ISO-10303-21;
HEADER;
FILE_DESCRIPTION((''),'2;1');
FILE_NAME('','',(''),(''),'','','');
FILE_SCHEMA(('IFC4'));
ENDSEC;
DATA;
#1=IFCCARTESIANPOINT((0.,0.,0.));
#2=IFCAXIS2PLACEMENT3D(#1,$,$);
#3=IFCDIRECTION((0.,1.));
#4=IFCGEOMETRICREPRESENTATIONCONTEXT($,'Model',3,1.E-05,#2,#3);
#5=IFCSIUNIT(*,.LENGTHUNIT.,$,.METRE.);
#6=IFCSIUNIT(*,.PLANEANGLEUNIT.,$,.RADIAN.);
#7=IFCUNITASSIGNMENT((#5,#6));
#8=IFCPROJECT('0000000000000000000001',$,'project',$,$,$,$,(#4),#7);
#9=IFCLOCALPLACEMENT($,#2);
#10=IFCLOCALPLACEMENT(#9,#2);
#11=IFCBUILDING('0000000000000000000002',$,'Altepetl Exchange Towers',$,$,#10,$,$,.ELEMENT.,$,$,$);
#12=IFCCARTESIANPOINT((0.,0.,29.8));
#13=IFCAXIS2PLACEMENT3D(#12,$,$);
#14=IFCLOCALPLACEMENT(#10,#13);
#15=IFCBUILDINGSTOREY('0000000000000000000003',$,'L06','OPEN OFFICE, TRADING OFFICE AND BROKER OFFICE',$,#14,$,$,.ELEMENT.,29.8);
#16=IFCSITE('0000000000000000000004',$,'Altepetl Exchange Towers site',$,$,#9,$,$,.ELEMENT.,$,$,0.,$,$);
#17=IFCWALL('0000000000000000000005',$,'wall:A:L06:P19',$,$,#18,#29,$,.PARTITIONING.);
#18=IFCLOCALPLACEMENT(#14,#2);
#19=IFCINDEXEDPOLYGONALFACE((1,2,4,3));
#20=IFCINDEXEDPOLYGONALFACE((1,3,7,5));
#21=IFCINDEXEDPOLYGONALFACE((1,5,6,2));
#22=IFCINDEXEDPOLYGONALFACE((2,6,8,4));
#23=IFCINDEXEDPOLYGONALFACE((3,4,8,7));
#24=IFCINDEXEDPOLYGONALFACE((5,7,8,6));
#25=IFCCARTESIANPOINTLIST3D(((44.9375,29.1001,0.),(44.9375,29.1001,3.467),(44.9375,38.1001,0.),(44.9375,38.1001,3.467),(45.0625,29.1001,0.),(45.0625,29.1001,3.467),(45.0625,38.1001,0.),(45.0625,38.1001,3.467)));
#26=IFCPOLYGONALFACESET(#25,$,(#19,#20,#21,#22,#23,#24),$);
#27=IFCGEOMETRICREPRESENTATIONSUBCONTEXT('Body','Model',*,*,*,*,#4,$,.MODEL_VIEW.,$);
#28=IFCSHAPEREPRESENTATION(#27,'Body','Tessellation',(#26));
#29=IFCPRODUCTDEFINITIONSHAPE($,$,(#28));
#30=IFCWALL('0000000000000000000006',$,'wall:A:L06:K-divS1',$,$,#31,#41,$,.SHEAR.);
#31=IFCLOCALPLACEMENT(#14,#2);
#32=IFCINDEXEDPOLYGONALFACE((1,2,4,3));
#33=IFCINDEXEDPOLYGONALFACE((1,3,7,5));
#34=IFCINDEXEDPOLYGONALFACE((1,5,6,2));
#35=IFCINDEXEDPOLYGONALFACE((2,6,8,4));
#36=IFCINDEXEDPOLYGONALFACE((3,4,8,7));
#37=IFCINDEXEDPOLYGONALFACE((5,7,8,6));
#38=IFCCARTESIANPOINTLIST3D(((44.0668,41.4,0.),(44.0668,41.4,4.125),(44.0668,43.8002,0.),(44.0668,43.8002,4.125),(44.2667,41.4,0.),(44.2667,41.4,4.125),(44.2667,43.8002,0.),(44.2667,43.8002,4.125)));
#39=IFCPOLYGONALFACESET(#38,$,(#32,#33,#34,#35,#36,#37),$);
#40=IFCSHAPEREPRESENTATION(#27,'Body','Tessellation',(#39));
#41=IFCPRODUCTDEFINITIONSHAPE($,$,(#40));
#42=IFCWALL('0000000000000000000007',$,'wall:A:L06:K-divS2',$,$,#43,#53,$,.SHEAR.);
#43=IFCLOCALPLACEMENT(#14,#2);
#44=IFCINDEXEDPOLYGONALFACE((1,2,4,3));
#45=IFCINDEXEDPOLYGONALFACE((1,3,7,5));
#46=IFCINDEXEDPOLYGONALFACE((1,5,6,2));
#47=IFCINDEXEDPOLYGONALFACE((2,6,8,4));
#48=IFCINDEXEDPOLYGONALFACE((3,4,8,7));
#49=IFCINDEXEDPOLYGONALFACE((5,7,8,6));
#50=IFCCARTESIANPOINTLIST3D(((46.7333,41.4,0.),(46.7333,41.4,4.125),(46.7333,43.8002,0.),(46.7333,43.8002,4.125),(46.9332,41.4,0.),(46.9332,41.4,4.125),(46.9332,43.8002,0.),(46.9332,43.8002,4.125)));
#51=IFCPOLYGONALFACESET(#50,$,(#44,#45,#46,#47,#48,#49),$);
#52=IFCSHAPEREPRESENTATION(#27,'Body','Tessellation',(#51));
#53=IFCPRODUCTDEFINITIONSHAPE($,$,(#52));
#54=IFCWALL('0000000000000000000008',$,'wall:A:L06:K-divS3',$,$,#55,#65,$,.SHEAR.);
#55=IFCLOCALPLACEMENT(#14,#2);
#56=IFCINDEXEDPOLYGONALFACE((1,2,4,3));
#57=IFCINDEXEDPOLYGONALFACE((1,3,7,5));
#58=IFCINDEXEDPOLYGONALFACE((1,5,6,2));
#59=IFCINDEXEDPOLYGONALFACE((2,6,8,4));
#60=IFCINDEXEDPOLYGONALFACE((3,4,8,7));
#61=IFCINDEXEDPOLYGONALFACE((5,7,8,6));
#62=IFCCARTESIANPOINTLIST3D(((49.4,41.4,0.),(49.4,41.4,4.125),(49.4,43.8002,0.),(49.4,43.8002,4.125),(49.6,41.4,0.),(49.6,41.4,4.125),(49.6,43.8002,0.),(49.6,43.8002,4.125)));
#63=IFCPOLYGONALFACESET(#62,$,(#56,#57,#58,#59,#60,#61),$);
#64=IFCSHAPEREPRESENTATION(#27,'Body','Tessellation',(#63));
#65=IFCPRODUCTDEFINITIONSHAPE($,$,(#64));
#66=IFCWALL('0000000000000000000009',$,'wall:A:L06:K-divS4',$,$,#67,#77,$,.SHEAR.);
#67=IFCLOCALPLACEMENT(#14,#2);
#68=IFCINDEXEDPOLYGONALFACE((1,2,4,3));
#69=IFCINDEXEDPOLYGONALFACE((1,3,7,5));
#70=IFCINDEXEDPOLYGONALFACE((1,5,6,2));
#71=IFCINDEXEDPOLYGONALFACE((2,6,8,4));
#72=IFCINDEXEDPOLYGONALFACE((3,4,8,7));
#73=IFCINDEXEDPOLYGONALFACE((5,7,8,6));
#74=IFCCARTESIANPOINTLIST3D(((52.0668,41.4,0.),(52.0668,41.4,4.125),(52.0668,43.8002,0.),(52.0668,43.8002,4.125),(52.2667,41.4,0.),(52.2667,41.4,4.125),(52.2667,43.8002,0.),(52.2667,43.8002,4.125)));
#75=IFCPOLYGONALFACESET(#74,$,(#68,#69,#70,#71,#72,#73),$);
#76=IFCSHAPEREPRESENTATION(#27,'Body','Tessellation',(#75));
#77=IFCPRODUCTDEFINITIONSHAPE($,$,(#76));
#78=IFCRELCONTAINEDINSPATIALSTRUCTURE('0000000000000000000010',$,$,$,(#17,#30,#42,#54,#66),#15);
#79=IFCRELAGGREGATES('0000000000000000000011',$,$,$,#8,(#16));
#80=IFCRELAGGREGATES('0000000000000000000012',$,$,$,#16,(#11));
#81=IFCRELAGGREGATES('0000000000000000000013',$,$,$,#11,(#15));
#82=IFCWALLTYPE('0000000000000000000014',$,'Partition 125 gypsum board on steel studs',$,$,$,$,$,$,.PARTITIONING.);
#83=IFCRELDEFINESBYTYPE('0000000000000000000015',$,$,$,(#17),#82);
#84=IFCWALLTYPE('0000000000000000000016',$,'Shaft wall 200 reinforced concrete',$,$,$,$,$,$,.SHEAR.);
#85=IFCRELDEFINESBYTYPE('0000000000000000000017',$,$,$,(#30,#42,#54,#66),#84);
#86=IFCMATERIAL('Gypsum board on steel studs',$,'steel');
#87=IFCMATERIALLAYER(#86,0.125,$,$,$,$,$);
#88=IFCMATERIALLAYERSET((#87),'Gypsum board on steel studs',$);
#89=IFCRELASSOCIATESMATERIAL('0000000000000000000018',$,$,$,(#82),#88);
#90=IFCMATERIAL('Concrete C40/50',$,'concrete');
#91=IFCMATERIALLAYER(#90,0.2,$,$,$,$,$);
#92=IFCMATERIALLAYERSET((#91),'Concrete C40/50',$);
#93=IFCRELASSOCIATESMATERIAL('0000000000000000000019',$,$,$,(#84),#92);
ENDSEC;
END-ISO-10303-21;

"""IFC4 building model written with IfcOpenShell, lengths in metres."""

from ifc_helpers import new_model, si_unit, direction, frame, frame_2d, origin, place, context, subcontext, project, spatial, rectangle, extrude, material, layer, layer_set, type_object, element, save


model = new_model("IFC4")

# Units and contexts
model_context = context("Model", 3, precision=1e-05, world=origin(), true_north=direction((0.0, 1.0)))
body_context = subcontext(model_context, "Body", "Model", "MODEL_VIEW")
ifc_project = project(units=[si_unit("LENGTHUNIT", "METRE"), si_unit("PLANEANGLEUNIT", "RADIAN")], contexts=[model_context])

# Site, building, storey
site_placement = place(None, origin())
site = spatial("IfcSite", under=ifc_project, at=site_placement, Name="Altepetl Exchange Towers site", CompositionType="ELEMENT", RefElevation=0.0)
building_placement = place(site_placement, origin())
building = spatial("IfcBuilding", under=site, at=building_placement, Name="Altepetl Exchange Towers", CompositionType="ELEMENT")
storey_placement = place(building_placement, frame((0.0, 0.0, 29.8)))
storey = spatial("IfcBuildingStorey", under=building, at=storey_placement, Name="L06", Description="OPEN OFFICE, TRADING OFFICE AND BROKER OFFICE", CompositionType="ELEMENT", Elevation=29.8)

# Walls
ifc_material_1 = material(Name="Gypsum board on steel studs", Category="steel")
ifc_layer_1 = layer(ifc_material_1, 0.125)
ifc_layer_set_1 = layer_set([ifc_layer_1], Name="Gypsum board on steel studs")
wall_type_1 = type_object("IfcWallType", Name="Partition 125 gypsum board on steel studs", PredefinedType="PARTITIONING", material=ifc_layer_set_1)
wall_1_placement = place(storey_placement, frame((45.0, 29.1001, 0.0), z_axis=(0.0, 0.0, 1.0), x_axis=(0.0, 1.0, 0.0)))
element("IfcWall", 1, at=wall_1_placement, inside=storey, type_object=wall_type_1, Name="wall:A:L06:P19", PredefinedType="PARTITIONING", context=body_context, shape_type="SweptSolid", body=[
    extrude(rectangle(XDim=9.0, YDim=0.125, at=frame_2d((4.5, 0.0))), origin(), (0.0, 0.0, 1.0), 3.467),
])
ifc_material_2 = material(Name="Concrete C40/50", Category="concrete")
ifc_layer_2 = layer(ifc_material_2, 0.2)
ifc_layer_set_2 = layer_set([ifc_layer_2], Name="Concrete C40/50")
wall_type_2 = type_object("IfcWallType", Name="Shaft wall 200 reinforced concrete", PredefinedType="SHEAR", material=ifc_layer_set_2)
for number, where, z_axis, x_axis, name in (
    (2, (44.1667, 41.3999, 0.0), (0.0, 0.0, 1.0), (0.0, 1.0, 0.0), "wall:A:L06:K-divS1"),
    (3, (46.8333, 41.3999, 0.0), (0.0, 0.0, 1.0), (0.0, 1.0, 0.0), "wall:A:L06:K-divS2"),
    (4, (49.5, 41.3999, 0.0), (0.0, 0.0, 1.0), (0.0, 1.0, 0.0), "wall:A:L06:K-divS3"),
    (5, (52.1667, 41.3999, 0.0), (0.0, 0.0, 1.0), (0.0, 1.0, 0.0), "wall:A:L06:K-divS4"),
):
    element("IfcWall", number, at=place(storey_placement, frame(where, z_axis=z_axis, x_axis=x_axis)), inside=storey, type_object=wall_type_2, Name=name, PredefinedType="SHEAR", context=body_context, shape_type="SweptSolid", body=[
        extrude(rectangle(XDim=2.4001, YDim=0.2, at=frame_2d((1.2002, 0.0))), origin(), (0.0, 0.0, 1.0), 4.125),
    ])

save(model, "model.ifc")
